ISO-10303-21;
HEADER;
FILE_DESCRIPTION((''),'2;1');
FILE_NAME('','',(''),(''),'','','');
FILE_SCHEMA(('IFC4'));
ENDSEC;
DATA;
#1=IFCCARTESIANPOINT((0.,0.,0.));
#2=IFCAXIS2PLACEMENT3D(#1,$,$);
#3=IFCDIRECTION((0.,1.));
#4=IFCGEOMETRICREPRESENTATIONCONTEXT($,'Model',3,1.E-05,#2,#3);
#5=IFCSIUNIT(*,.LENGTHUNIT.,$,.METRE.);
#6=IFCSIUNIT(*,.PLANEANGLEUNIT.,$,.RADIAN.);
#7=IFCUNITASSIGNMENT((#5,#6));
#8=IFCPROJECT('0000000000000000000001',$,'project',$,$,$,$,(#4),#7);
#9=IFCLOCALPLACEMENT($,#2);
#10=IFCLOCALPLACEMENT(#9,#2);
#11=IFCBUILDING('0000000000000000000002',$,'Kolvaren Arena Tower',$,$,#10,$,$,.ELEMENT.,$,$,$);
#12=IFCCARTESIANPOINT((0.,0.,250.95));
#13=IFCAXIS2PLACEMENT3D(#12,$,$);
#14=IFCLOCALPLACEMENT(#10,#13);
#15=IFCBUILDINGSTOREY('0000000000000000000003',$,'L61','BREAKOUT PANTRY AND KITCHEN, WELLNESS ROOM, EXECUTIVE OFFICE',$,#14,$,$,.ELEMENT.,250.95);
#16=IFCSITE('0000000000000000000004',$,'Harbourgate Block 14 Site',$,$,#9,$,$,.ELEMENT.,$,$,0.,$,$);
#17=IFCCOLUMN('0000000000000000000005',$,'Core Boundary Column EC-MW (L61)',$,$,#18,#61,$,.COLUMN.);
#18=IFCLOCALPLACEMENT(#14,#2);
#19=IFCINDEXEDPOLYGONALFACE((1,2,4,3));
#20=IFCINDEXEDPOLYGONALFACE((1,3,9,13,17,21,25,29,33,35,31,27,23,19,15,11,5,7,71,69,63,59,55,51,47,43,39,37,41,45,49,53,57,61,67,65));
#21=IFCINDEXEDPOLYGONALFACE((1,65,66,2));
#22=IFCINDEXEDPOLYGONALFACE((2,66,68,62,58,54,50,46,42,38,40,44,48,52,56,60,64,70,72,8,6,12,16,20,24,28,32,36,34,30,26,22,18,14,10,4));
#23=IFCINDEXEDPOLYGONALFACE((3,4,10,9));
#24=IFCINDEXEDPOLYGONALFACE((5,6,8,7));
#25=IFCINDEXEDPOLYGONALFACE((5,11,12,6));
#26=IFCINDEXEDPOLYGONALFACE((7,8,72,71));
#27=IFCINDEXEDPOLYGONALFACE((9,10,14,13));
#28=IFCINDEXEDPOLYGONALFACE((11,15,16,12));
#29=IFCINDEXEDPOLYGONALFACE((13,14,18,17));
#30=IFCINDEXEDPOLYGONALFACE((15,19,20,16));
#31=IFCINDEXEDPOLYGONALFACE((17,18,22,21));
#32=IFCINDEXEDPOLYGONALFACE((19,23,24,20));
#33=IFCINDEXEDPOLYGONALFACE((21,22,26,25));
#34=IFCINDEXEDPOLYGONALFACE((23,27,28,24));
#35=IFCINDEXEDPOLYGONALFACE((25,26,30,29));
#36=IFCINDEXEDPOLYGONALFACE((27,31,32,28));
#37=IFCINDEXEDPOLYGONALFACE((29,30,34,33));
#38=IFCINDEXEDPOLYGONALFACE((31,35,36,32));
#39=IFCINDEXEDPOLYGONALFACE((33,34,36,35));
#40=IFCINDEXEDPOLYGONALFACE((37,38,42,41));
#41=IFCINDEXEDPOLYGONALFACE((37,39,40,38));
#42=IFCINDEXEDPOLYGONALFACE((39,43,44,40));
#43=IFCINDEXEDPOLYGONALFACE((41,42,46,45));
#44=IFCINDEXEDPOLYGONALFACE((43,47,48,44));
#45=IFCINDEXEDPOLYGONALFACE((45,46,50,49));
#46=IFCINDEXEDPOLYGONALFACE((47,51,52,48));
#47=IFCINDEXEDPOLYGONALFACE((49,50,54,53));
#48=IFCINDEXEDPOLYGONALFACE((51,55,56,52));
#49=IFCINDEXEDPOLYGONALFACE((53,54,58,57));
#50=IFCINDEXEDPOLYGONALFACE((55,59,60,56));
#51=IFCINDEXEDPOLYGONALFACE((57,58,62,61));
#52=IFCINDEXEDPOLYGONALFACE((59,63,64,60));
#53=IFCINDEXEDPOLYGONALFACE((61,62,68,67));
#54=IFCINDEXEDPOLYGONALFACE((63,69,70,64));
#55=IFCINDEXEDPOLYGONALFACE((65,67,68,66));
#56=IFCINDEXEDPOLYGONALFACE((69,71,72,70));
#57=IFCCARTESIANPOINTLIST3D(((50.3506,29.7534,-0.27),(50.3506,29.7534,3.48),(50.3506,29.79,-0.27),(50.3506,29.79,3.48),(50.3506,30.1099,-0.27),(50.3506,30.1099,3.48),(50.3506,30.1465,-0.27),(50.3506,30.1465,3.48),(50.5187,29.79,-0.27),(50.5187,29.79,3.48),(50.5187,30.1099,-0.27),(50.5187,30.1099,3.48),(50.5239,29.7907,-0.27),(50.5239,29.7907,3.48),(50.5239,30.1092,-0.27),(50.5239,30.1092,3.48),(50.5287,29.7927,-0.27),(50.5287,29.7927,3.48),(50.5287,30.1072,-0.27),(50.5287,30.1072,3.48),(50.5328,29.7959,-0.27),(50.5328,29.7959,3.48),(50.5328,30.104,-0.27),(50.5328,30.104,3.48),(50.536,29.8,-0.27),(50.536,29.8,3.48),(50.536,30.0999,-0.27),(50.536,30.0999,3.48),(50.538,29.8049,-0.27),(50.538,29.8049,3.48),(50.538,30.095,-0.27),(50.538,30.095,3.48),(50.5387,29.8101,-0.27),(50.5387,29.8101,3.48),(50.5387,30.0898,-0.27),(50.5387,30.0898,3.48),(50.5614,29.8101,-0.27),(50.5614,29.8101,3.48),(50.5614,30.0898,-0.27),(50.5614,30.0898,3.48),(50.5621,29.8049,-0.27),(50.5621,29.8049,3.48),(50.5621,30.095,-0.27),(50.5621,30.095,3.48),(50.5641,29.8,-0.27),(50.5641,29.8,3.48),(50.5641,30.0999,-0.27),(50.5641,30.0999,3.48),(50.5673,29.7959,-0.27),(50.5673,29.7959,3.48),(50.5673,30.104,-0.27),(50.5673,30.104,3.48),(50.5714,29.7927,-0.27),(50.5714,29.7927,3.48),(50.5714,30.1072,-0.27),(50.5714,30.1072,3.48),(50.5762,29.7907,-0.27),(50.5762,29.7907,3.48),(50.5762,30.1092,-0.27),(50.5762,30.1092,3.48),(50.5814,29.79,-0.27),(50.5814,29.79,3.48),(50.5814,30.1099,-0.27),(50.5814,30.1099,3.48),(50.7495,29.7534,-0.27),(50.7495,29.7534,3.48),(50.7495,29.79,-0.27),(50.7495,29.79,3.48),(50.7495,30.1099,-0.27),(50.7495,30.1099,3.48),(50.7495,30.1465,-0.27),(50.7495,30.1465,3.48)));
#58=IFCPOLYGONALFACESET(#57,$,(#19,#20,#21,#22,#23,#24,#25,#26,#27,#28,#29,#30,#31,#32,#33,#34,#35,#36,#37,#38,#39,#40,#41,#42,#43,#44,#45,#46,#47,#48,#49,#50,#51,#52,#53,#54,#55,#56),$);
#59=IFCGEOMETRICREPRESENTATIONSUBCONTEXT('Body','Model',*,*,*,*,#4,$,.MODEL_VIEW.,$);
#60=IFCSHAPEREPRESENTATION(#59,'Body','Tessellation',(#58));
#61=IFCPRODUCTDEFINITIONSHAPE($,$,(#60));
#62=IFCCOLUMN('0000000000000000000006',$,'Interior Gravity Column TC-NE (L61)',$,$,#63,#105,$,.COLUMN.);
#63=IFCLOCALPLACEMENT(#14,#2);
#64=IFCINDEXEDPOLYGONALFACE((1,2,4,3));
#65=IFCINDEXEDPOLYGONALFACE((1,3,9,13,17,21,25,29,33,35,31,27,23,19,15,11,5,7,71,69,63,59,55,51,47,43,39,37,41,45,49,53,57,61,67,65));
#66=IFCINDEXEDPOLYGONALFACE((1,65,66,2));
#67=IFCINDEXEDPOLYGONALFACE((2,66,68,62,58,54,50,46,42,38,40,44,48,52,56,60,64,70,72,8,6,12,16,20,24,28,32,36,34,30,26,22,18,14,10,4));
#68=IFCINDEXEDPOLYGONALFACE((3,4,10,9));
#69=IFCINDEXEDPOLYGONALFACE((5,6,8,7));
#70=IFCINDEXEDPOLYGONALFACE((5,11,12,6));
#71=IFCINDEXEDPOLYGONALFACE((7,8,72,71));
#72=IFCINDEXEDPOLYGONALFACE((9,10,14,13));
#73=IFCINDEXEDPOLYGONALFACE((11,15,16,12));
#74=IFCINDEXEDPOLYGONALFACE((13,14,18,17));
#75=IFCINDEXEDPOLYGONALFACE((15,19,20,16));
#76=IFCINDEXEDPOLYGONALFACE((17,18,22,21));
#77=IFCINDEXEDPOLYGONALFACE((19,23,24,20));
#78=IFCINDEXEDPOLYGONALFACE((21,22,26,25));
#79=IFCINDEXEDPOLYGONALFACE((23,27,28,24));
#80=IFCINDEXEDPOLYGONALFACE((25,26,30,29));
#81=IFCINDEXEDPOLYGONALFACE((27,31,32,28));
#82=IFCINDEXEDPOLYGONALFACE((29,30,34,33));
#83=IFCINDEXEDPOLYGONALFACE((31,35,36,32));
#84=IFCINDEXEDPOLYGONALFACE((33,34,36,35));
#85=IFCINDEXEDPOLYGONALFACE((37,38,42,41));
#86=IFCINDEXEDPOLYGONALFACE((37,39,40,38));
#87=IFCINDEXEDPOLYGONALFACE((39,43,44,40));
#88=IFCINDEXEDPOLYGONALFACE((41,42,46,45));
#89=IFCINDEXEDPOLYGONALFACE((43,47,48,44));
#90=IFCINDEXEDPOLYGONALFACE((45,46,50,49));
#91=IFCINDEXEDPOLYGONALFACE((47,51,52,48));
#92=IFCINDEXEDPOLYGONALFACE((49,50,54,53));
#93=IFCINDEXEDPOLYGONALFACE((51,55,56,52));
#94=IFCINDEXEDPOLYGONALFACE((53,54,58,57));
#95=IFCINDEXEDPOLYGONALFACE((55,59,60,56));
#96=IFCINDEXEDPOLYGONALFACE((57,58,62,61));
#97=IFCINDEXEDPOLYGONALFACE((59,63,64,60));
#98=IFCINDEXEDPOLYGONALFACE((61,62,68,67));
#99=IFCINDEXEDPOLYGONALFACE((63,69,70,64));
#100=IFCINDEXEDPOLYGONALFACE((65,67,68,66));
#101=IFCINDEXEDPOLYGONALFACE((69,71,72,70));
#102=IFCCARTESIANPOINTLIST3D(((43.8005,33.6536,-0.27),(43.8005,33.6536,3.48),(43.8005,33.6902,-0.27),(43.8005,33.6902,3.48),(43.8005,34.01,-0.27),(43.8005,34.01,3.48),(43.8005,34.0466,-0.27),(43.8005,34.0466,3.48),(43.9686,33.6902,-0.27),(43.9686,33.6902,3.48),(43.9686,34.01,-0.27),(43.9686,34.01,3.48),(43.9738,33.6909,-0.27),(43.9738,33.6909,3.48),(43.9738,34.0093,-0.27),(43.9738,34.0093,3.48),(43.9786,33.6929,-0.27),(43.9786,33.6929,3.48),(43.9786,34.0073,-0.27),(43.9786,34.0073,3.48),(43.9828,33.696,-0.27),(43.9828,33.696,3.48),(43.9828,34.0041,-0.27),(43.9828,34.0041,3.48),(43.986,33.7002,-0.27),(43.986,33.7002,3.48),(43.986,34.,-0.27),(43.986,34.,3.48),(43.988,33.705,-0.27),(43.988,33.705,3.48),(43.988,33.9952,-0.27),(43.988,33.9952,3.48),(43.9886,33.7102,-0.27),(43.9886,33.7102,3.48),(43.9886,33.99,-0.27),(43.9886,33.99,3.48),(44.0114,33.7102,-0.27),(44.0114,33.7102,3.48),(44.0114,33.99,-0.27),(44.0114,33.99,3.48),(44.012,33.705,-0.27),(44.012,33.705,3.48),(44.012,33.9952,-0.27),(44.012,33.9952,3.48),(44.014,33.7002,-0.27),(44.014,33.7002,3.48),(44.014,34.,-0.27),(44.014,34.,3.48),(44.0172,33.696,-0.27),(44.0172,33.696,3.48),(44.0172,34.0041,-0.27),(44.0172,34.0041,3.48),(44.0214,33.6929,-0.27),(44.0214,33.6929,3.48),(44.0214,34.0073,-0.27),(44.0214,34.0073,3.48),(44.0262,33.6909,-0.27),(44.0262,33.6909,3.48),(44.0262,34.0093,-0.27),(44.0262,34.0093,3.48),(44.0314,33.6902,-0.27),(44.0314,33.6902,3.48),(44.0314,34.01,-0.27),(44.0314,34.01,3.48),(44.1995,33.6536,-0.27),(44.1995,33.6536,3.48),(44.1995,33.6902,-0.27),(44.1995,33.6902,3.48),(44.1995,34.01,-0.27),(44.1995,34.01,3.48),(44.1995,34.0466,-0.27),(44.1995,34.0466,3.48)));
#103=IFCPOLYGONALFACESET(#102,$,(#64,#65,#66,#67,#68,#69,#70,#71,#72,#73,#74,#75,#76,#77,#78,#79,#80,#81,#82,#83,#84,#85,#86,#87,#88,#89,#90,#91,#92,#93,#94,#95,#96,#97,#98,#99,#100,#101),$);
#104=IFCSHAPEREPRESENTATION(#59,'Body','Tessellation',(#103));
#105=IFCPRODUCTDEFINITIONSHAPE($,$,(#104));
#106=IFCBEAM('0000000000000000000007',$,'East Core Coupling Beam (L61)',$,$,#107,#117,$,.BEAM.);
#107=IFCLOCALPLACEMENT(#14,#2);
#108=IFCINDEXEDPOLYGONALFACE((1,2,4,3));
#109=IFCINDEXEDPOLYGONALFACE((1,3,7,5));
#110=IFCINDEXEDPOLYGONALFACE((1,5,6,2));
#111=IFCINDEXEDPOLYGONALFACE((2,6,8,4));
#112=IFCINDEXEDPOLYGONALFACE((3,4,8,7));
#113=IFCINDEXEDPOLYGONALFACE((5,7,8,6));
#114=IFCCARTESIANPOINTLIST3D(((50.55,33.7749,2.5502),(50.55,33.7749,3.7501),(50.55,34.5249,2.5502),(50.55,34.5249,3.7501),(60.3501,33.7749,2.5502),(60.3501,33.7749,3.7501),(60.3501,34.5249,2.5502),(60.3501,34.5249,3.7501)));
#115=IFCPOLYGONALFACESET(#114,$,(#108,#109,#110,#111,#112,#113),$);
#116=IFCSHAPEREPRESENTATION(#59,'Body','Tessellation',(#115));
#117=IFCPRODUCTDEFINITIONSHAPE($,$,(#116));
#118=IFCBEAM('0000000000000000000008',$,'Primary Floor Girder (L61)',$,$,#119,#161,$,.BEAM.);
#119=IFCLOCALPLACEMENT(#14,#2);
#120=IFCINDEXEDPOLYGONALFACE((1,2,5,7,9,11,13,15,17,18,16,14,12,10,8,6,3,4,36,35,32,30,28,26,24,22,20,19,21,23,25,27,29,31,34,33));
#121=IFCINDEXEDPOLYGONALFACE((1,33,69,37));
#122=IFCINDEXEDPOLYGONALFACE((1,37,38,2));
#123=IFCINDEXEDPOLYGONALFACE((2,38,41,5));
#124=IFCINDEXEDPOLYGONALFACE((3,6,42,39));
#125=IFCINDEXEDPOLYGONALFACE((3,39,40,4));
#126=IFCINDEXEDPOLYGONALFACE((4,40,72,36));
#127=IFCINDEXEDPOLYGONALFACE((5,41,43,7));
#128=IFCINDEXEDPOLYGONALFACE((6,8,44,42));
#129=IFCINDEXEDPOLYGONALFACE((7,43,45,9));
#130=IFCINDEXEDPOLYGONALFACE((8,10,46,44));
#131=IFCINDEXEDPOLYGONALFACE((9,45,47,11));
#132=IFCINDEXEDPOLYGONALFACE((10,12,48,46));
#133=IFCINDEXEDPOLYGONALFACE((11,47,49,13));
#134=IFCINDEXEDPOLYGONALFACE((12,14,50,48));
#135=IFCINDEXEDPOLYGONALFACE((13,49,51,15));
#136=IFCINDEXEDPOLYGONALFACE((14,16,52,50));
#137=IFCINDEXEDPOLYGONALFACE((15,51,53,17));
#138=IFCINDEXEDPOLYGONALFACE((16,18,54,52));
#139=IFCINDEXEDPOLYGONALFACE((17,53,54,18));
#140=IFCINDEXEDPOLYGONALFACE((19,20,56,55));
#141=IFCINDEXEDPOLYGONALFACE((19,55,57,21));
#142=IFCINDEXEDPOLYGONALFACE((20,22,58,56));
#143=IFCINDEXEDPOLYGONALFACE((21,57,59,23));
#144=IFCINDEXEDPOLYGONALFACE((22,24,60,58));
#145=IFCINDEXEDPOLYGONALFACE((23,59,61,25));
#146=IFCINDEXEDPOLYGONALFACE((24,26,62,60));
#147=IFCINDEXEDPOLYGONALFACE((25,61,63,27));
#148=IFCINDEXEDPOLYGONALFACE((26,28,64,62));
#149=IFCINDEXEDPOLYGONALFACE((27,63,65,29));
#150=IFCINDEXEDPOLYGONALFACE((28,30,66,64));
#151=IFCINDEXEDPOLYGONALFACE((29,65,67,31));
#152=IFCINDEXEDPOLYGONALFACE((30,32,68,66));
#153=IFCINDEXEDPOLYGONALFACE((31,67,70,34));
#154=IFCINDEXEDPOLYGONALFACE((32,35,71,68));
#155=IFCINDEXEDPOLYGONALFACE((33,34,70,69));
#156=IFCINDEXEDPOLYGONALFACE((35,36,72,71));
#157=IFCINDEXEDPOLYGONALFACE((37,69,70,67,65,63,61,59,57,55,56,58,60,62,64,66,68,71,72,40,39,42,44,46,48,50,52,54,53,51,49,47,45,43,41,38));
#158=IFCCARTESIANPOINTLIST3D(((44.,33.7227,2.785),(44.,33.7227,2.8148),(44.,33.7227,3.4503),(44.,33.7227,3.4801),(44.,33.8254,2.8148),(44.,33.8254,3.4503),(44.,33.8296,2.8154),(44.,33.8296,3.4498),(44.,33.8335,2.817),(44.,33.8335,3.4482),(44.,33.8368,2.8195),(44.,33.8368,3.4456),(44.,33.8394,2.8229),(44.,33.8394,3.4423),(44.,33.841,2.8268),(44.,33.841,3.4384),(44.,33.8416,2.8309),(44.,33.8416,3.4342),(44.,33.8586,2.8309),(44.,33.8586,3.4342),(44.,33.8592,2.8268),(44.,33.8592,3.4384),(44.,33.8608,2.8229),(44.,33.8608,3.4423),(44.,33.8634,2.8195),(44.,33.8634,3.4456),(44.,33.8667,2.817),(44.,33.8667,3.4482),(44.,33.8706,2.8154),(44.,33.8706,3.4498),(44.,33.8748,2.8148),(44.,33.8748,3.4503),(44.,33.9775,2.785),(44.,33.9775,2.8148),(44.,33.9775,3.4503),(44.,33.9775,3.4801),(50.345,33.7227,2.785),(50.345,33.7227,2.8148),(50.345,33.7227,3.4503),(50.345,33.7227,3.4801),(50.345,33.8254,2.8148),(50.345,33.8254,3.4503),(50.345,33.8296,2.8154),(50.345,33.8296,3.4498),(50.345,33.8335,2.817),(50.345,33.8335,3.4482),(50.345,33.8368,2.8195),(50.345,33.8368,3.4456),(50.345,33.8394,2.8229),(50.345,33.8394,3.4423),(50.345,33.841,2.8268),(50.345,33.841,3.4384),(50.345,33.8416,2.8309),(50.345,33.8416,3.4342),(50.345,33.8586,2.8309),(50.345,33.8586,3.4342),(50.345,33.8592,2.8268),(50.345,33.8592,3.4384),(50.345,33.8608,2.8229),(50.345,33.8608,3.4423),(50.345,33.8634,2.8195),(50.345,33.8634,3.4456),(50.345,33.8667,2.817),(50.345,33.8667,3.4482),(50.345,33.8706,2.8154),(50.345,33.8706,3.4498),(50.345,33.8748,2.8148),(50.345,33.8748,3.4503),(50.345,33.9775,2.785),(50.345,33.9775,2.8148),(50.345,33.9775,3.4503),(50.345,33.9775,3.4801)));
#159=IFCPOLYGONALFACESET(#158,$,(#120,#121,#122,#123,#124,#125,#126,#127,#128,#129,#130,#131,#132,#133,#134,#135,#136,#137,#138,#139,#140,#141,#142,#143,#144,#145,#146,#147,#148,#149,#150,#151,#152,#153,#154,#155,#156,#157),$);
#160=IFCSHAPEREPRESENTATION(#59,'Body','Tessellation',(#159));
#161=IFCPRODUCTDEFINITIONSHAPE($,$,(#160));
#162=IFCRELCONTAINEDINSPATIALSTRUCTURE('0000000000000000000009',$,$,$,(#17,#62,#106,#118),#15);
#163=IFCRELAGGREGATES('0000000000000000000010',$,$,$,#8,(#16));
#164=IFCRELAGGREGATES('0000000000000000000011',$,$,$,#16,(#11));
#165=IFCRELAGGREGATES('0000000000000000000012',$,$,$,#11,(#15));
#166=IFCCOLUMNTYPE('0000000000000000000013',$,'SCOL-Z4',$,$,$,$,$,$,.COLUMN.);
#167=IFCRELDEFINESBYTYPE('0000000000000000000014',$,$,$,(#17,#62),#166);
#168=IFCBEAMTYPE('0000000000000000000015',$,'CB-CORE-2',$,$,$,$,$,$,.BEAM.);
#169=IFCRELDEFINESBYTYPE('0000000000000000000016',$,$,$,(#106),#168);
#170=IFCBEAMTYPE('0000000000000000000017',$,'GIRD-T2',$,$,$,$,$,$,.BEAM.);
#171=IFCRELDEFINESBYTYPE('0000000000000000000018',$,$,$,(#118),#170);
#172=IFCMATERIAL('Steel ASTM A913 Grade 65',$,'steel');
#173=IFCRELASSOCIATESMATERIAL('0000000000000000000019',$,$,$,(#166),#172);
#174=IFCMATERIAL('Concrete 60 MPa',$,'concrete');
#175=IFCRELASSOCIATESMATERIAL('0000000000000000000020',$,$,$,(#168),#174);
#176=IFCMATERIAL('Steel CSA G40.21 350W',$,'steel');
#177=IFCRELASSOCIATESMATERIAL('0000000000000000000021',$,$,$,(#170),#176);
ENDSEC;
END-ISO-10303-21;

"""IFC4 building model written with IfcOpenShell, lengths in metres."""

from ifc_helpers import new_model, si_unit, direction, frame, origin, origin_2d, place, context, subcontext, project, spatial, rectangle, i_section, extrude, material, material_profile, profile_set, type_object, element, save


model = new_model("IFC4")

# Units and contexts
model_context = context("Model", 3, precision=1e-05, world=origin(), true_north=direction((0.0, 1.0)))
body_context = subcontext(model_context, "Body", "Model", "MODEL_VIEW")
ifc_project = project(units=[si_unit("LENGTHUNIT", "METRE"), si_unit("PLANEANGLEUNIT", "RADIAN")], contexts=[model_context])

# Site, building, storey
site_placement = place(None, origin())
site = spatial("IfcSite", under=ifc_project, at=site_placement, Name="Harbourgate Block 14 Site", CompositionType="ELEMENT", RefElevation=0.0)
building_placement = place(site_placement, origin())
building = spatial("IfcBuilding", under=site, at=building_placement, Name="Kolvaren Arena Tower", CompositionType="ELEMENT")
storey_placement = place(building_placement, frame((0.0, 0.0, 250.95)))
storey = spatial("IfcBuildingStorey", under=building, at=storey_placement, Name="L61", Description="BREAKOUT PANTRY AND KITCHEN, WELLNESS ROOM, EXECUTIVE OFFICE", CompositionType="ELEMENT", Elevation=250.95)

# Columns
ifc_material_1 = material(Name="Steel ASTM A913 Grade 65", Category="steel")
ifc_material_profile_1 = material_profile(ifc_material_1, i_section(OverallWidth=0.3989, OverallDepth=0.3931, WebThickness=0.0227, FlangeThickness=0.0366, FilletRadius=0.02, at=origin_2d()), Name="W360x287")
ifc_profile_set_1 = profile_set([ifc_material_profile_1], Name="Steel ASTM A913 Grade 65")
column_type = type_object("IfcColumnType", Name="SCOL-Z4", PredefinedType="COLUMN", material=ifc_profile_set_1)
for number, where, z_axis, x_axis, name in (
    (1, (50.55, 29.95, -0.27), (0.0, 0.0, 1.0), (1.0, 0.0, 0.0), "Core Boundary Column EC-MW (L61)"),
    (2, (44.0, 33.8501, -0.27), (0.0, 0.0, 1.0), (1.0, 0.0, 0.0), "Interior Gravity Column TC-NE (L61)"),
):
    element("IfcColumn", number, at=place(storey_placement, frame(where, z_axis=z_axis, x_axis=x_axis)), inside=storey, type_object=column_type, Name=name, PredefinedType="COLUMN", context=body_context, shape_type="SweptSolid", body=[
        extrude(i_section(OverallWidth=0.3989, OverallDepth=0.3931, WebThickness=0.0227, FlangeThickness=0.0366, FilletRadius=0.02, at=origin_2d()), origin(), (0.0, 0.0, 1.0), 3.75),
    ])

# Beams
ifc_material_2 = material(Name="Concrete 60 MPa", Category="concrete")
ifc_material_profile_2 = material_profile(ifc_material_2, rectangle(XDim=0.75, YDim=1.2, at=origin_2d()), Name="RC-750x1200")
ifc_profile_set_2 = profile_set([ifc_material_profile_2], Name="Concrete 60 MPa")
beam_type_1 = type_object("IfcBeamType", Name="CB-CORE-2", PredefinedType="BEAM", material=ifc_profile_set_2)
beam_1_placement = place(storey_placement, frame((50.55, 34.1499, 3.1501), z_axis=(1.0, 0.0, 0.0), x_axis=(0.0, 1.0, 0.0)))
element("IfcBeam", 3, at=beam_1_placement, inside=storey, type_object=beam_type_1, Name="East Core Coupling Beam (L61)", PredefinedType="BEAM", context=body_context, shape_type="SweptSolid", body=[
    extrude(rectangle(XDim=0.75, YDim=1.2, at=origin_2d()), origin(), (0.0, 0.0, 1.0), 9.8),
])
ifc_material_3 = material(Name="Steel CSA G40.21 350W", Category="steel")
ifc_material_profile_3 = material_profile(ifc_material_3, i_section(OverallWidth=0.2549, OverallDepth=0.6951, WebThickness=0.0171, FlangeThickness=0.0298, FilletRadius=0.0161, at=origin_2d()), Name="W690x217")
ifc_profile_set_3 = profile_set([ifc_material_profile_3], Name="Steel CSA G40.21 350W")
beam_type_2 = type_object("IfcBeamType", Name="GIRD-T2", PredefinedType="BEAM", material=ifc_profile_set_3)
beam_2_placement = place(storey_placement, frame((44.0, 33.8501, 3.1326), z_axis=(1.0, 0.0, 0.0), x_axis=(0.0, 1.0, 0.0)))
element("IfcBeam", 4, at=beam_2_placement, inside=storey, type_object=beam_type_2, Name="Primary Floor Girder (L61)", PredefinedType="BEAM", context=body_context, shape_type="SweptSolid", body=[
    extrude(i_section(OverallWidth=0.2549, OverallDepth=0.6951, WebThickness=0.0171, FlangeThickness=0.0298, FilletRadius=0.0161, at=origin_2d()), origin(), (0.0, 0.0, 1.0), 6.345),
])

save(model, "model.ifc")
